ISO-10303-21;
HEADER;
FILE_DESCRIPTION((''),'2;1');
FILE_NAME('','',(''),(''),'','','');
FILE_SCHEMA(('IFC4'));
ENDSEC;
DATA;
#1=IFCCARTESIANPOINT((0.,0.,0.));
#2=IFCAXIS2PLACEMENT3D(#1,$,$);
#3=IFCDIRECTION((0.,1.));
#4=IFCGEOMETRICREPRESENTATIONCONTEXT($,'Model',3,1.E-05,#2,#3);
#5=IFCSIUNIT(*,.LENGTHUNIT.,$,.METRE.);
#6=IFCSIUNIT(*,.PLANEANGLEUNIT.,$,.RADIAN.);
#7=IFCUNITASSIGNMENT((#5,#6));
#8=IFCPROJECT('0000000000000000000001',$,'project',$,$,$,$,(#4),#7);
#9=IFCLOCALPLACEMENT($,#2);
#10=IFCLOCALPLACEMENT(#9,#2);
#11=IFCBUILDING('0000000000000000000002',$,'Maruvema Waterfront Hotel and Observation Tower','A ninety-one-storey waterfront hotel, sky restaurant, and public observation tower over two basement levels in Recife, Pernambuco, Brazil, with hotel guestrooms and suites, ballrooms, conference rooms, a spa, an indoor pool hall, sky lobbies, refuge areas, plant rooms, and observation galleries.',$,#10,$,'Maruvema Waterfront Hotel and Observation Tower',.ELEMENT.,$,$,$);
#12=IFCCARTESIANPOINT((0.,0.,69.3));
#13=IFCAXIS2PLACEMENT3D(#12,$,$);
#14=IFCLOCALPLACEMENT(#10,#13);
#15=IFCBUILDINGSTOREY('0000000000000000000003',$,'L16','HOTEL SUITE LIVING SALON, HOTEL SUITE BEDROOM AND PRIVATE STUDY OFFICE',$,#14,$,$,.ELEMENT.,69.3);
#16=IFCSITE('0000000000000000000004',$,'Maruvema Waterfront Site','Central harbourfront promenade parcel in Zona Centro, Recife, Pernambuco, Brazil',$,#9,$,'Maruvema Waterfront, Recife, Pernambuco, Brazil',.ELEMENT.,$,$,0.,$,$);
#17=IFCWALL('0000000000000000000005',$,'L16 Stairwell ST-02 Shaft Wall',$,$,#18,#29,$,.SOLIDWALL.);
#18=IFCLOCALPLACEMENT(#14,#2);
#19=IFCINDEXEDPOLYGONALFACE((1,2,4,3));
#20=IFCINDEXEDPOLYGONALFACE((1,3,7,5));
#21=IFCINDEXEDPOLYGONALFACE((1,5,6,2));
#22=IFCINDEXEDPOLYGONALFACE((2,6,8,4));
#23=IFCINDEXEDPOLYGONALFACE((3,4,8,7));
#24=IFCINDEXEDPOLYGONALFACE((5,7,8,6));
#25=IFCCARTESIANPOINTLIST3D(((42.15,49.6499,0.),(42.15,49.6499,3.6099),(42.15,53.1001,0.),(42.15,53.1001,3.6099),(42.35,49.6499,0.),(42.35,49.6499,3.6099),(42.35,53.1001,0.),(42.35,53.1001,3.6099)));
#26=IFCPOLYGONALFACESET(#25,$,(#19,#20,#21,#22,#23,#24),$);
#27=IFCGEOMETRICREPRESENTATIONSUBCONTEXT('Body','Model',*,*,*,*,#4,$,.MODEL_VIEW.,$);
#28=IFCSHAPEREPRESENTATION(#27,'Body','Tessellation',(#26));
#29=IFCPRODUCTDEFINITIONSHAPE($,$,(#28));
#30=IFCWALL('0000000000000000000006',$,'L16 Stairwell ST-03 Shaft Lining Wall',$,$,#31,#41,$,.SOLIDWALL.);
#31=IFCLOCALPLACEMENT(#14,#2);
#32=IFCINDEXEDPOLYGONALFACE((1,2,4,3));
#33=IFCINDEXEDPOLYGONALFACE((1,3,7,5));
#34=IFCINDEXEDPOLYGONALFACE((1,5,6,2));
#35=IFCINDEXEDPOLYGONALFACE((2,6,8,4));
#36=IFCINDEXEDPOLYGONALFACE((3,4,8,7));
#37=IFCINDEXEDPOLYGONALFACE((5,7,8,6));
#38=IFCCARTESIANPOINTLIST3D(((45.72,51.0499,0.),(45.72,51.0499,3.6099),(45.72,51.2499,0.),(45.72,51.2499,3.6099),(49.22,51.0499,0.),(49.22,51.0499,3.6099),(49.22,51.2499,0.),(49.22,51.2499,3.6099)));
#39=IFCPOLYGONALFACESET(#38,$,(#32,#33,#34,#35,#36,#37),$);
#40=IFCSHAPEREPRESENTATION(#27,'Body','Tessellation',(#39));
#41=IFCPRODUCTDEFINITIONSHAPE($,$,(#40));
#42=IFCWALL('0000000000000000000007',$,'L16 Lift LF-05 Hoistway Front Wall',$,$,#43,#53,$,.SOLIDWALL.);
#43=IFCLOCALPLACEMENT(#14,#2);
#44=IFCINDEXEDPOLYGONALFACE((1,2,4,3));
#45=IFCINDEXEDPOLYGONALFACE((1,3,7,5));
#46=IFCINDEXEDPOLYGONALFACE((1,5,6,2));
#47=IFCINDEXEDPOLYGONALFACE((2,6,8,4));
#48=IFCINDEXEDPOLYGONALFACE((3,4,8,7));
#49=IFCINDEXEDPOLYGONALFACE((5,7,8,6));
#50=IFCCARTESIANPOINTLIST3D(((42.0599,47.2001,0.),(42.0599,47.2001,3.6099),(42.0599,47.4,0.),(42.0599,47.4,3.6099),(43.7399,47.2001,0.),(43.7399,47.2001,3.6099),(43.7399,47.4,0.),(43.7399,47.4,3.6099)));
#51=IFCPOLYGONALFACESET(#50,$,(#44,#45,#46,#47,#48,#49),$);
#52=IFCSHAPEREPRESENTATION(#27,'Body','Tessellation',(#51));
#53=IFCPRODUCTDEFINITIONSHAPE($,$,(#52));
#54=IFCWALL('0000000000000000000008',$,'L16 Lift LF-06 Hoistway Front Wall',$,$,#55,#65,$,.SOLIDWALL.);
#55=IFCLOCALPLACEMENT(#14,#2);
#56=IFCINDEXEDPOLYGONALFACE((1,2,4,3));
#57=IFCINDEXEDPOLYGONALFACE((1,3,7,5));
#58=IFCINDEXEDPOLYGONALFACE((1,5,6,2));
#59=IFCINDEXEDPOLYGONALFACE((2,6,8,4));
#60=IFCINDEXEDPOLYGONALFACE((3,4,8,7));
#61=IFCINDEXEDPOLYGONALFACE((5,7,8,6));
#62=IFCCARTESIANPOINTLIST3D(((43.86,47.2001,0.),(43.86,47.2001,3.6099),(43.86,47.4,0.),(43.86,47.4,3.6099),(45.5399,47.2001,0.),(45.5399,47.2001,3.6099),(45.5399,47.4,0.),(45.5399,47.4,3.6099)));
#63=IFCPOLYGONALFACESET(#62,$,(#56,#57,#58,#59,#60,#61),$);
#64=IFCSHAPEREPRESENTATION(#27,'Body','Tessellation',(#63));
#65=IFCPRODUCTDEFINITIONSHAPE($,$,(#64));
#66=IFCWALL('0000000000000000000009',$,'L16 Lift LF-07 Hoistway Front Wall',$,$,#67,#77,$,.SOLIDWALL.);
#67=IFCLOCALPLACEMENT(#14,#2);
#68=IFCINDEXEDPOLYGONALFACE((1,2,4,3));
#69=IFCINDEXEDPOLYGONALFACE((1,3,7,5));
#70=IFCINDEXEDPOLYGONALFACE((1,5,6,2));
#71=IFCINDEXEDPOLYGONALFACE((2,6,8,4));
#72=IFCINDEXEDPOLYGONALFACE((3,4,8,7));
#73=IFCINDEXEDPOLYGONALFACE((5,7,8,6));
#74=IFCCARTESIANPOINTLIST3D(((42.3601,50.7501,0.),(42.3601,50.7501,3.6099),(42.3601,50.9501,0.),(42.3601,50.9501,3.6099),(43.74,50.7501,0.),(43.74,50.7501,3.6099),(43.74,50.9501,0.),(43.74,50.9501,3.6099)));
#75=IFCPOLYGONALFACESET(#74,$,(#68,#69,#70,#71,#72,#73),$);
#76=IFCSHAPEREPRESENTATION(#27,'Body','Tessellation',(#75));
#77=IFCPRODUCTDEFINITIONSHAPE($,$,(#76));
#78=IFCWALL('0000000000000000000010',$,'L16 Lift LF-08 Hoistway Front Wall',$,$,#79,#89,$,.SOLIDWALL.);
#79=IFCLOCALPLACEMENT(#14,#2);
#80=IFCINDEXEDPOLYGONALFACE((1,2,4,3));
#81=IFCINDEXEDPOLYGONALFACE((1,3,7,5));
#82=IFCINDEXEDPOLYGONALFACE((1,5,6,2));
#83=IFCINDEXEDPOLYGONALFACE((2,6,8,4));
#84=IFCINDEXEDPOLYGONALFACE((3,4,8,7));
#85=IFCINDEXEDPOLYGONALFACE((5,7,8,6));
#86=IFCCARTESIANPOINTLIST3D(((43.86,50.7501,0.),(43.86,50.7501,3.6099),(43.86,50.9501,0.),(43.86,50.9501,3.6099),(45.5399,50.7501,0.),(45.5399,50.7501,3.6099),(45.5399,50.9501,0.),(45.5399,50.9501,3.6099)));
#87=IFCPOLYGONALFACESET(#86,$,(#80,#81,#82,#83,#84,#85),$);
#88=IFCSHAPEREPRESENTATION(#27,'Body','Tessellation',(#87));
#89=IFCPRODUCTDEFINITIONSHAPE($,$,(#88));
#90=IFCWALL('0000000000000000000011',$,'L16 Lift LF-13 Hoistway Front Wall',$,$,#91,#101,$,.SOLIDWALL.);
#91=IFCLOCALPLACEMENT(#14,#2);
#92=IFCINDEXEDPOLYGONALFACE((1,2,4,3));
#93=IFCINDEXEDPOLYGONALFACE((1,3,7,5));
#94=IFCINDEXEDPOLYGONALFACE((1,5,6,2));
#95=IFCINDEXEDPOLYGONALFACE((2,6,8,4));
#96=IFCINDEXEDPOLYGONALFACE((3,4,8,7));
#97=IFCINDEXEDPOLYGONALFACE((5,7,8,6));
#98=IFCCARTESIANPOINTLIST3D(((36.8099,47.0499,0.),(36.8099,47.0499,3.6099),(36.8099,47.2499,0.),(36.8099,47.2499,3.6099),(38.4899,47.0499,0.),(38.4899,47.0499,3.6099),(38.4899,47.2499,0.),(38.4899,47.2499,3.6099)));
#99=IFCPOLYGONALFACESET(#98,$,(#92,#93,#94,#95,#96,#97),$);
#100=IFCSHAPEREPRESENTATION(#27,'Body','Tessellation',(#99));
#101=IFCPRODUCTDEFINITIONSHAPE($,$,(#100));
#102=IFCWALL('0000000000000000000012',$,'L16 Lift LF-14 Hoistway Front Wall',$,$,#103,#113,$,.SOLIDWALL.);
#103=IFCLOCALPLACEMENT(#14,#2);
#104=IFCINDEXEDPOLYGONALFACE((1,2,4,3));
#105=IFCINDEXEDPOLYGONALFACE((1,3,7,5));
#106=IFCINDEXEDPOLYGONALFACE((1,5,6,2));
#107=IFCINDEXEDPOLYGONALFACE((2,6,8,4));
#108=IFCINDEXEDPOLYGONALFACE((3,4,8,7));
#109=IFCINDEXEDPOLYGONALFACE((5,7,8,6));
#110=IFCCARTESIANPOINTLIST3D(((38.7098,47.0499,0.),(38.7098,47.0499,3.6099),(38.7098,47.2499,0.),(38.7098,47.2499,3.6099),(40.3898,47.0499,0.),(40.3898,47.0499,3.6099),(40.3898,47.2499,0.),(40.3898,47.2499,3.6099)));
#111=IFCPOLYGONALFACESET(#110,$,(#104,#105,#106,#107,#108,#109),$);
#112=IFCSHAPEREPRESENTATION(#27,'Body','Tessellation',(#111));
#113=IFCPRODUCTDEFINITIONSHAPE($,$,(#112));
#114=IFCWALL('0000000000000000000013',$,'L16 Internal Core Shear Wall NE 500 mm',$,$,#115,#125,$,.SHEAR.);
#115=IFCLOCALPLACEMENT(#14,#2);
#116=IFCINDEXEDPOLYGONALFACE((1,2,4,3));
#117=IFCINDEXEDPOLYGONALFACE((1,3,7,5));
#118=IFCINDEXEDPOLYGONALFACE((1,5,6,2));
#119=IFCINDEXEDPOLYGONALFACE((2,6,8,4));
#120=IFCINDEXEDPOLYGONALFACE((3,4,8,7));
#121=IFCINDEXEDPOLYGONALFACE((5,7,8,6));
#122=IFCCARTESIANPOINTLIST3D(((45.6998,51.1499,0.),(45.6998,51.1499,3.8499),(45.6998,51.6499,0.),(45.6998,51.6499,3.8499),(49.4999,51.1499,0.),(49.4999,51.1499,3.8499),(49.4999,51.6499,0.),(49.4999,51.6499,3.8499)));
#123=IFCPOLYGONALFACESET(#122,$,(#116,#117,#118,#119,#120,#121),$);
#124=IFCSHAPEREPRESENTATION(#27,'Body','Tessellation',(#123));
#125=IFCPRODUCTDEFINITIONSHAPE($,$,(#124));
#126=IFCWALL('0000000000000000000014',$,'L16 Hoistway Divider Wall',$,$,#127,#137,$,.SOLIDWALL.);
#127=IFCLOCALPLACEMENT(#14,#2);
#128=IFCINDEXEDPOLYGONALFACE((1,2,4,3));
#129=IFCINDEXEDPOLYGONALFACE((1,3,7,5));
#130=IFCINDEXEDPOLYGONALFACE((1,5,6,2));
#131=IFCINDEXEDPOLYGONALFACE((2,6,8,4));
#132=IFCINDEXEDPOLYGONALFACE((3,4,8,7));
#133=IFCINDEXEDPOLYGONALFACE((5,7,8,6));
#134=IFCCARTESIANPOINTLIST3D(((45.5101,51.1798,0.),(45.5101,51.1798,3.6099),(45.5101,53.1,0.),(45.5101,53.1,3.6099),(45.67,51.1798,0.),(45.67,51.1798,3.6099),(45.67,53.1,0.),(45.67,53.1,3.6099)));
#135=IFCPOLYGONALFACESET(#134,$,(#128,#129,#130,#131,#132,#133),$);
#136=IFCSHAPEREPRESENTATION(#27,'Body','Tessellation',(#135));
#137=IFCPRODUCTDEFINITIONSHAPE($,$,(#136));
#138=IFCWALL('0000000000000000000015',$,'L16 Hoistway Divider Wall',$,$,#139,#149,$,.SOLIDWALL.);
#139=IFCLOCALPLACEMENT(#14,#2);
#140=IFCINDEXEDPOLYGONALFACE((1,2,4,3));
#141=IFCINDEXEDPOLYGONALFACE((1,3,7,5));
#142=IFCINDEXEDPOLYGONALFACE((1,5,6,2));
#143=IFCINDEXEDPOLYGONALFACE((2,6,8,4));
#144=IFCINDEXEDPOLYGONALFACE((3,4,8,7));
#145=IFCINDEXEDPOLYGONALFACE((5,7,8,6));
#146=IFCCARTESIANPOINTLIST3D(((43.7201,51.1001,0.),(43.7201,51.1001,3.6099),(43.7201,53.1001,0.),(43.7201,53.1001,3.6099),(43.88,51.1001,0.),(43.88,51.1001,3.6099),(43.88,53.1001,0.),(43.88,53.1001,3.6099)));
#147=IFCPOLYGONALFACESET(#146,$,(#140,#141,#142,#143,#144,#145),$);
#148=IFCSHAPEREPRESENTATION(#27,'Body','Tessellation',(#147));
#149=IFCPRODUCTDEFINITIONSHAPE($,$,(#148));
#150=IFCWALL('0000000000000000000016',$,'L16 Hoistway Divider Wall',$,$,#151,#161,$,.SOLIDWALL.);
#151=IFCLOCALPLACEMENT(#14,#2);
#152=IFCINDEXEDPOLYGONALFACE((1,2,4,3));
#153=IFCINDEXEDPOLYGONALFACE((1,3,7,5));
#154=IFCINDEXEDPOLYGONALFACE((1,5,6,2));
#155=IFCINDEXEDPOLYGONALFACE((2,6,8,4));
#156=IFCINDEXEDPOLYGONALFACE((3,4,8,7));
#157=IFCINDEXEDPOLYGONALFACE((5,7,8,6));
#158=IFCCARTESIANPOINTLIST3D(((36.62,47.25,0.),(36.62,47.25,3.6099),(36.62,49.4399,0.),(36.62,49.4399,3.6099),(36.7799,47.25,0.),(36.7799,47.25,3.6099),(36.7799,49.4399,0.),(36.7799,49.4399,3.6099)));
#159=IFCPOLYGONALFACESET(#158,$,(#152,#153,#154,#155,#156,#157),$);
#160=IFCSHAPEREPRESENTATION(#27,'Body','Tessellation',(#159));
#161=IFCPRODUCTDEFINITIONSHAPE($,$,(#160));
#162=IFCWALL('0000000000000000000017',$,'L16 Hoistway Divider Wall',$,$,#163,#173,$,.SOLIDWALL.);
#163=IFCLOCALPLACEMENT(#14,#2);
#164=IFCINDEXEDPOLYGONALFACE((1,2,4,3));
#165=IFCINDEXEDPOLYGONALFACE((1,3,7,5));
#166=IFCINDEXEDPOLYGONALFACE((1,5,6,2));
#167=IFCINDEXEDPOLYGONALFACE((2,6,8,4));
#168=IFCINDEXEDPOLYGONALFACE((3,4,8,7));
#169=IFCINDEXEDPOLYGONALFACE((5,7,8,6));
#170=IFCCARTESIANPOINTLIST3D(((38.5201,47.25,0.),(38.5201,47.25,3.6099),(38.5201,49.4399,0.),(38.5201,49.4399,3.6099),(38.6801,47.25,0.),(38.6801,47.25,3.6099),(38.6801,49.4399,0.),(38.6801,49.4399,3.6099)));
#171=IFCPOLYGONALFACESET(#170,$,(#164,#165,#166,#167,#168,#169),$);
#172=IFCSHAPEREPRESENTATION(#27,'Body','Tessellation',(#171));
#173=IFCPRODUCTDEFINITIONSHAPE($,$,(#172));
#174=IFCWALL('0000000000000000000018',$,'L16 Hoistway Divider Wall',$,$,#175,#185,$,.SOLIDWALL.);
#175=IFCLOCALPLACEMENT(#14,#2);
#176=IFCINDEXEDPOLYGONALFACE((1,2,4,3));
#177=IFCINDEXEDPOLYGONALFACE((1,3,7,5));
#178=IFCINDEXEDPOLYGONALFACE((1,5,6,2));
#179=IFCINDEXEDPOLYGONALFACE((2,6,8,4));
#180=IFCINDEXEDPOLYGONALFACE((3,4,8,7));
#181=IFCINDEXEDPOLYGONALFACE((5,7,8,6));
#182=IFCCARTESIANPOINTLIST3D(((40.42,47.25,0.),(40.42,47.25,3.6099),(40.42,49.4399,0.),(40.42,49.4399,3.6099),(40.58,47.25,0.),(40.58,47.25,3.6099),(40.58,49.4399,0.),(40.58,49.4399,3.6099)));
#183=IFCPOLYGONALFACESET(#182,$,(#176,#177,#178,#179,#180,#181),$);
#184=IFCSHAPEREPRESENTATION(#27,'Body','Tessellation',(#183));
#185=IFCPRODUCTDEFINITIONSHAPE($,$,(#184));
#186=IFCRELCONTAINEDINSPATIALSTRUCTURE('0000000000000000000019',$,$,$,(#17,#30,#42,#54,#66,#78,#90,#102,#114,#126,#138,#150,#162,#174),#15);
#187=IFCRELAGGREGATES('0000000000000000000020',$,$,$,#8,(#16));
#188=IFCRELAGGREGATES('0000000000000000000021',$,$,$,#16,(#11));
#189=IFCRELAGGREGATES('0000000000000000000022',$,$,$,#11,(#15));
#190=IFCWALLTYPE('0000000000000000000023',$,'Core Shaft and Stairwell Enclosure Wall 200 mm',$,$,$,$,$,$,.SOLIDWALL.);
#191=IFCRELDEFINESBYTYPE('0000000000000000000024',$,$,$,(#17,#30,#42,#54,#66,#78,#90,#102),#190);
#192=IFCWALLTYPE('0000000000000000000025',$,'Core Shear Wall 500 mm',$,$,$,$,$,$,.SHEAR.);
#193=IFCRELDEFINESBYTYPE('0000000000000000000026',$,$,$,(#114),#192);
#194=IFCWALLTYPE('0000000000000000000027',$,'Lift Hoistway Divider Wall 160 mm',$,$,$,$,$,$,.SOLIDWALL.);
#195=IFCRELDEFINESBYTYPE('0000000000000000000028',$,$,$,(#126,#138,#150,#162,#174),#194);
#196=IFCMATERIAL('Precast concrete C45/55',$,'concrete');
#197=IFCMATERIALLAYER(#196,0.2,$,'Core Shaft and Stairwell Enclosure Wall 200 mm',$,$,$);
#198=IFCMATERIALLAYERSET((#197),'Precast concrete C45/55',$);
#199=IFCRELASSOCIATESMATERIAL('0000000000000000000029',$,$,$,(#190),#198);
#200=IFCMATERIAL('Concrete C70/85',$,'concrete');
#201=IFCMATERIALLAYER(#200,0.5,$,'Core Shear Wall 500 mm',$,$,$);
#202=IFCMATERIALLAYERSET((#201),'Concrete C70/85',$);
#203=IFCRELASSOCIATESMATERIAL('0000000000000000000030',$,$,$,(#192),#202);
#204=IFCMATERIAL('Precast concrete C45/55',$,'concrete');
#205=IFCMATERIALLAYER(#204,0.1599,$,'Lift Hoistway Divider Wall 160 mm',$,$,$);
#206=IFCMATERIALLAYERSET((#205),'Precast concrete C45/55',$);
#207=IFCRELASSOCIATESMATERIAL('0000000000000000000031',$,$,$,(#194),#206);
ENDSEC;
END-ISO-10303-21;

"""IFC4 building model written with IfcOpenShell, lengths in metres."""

from ifc_helpers import new_model, si_unit, direction, frame, frame_2d, origin, place, context, subcontext, project, spatial, rectangle, extrude, material, layer, layer_set, type_object, element, save


model = new_model("IFC4")

# Units and contexts
model_context = context("Model", 3, precision=1e-05, world=origin(), true_north=direction((0.0, 1.0)))
body_context = subcontext(model_context, "Body", "Model", "MODEL_VIEW")
ifc_project = project(units=[si_unit("LENGTHUNIT", "METRE"), si_unit("PLANEANGLEUNIT", "RADIAN")], contexts=[model_context])

# Site, building, storey
site_placement = place(None, origin())
site = spatial("IfcSite", under=ifc_project, at=site_placement, Name="Maruvema Waterfront Site", Description="Central harbourfront promenade parcel in Zona Centro, Recife, Pernambuco, Brazil", LongName="Maruvema Waterfront, Recife, Pernambuco, Brazil", CompositionType="ELEMENT", RefElevation=0.0)
building_placement = place(site_placement, origin())
building = spatial("IfcBuilding", under=site, at=building_placement, Name="Maruvema Waterfront Hotel and Observation Tower", Description="A ninety-one-storey waterfront hotel, sky restaurant, and public observation tower over two basement levels in Recife, Pernambuco, Brazil, with hotel guestrooms and suites, ballrooms, conference rooms, a spa, an indoor pool hall, sky lobbies, refuge areas, plant rooms, and observation galleries.", LongName="Maruvema Waterfront Hotel and Observation Tower", CompositionType="ELEMENT")
storey_placement = place(building_placement, frame((0.0, 0.0, 69.3)))
storey = spatial("IfcBuildingStorey", under=building, at=storey_placement, Name="L16", Description="HOTEL SUITE LIVING SALON, HOTEL SUITE BEDROOM AND PRIVATE STUDY OFFICE", CompositionType="ELEMENT", Elevation=69.3)

# Walls
ifc_material_1 = material(Name="Precast concrete C45/55", Category="concrete")
ifc_layer_1 = layer(ifc_material_1, 0.2, Name="Core Shaft and Stairwell Enclosure Wall 200 mm")
ifc_layer_set_1 = layer_set([ifc_layer_1], Name="Precast concrete C45/55")
wall_type_1 = type_object("IfcWallType", Name="Core Shaft and Stairwell Enclosure Wall 200 mm", PredefinedType="SOLIDWALL", material=ifc_layer_set_1)
wall_1_placement = place(storey_placement, frame((42.25, 49.6499, 0.0), z_axis=(0.0, 0.0, 1.0), x_axis=(0.0, 1.0, 0.0)))
element("IfcWall", 1, at=wall_1_placement, inside=storey, type_object=wall_type_1, Name="L16 Stairwell ST-02 Shaft Wall", PredefinedType="SOLIDWALL", context=body_context, shape_type="SweptSolid", body=[
    extrude(rectangle(XDim=3.4502, YDim=0.2, at=frame_2d((1.7251, 0.0))), origin(), (0.0, 0.0, 1.0), 3.6099),
])
wall_2_placement = place(storey_placement, frame((45.72, 51.1499, 0.0), z_axis=(0.0, 0.0, 1.0), x_axis=(1.0, 0.0, 0.0)))
element("IfcWall", 2, at=wall_2_placement, inside=storey, type_object=wall_type_1, Name="L16 Stairwell ST-03 Shaft Lining Wall", PredefinedType="SOLIDWALL", context=body_context, shape_type="SweptSolid", body=[
    extrude(rectangle(XDim=3.5, YDim=0.2, at=frame_2d((1.75, 0.0))), origin(), (0.0, 0.0, 1.0), 3.6099),
])
for number, where, z_axis, x_axis, name in (
    (3, (42.0601, 47.3, 0.0), (0.0, 0.0, 1.0), (1.0, 0.0, 0.0), "L16 Lift LF-05 Hoistway Front Wall"),
    (4, (43.8601, 47.3, 0.0), (0.0, 0.0, 1.0), (1.0, 0.0, 0.0), "L16 Lift LF-06 Hoistway Front Wall"),
):
    element("IfcWall", number, at=place(storey_placement, frame(where, z_axis=z_axis, x_axis=x_axis)), inside=storey, type_object=wall_type_1, Name=name, PredefinedType="SOLIDWALL", context=body_context, shape_type="SweptSolid", body=[
        extrude(rectangle(XDim=1.6799, YDim=0.2, at=frame_2d((0.8398, 0.0))), origin(), (0.0, 0.0, 1.0), 3.6099),
    ])
wall_3_placement = place(storey_placement, frame((42.3601, 50.8501, 0.0), z_axis=(0.0, 0.0, 1.0), x_axis=(1.0, 0.0, 0.0)))
element("IfcWall", 5, at=wall_3_placement, inside=storey, type_object=wall_type_1, Name="L16 Lift LF-07 Hoistway Front Wall", PredefinedType="SOLIDWALL", context=body_context, shape_type="SweptSolid", body=[
    extrude(rectangle(XDim=1.3799, YDim=0.2, at=frame_2d((0.6899, 0.0))), origin(), (0.0, 0.0, 1.0), 3.6099),
])
for number, where, z_axis, x_axis, name in (
    (6, (43.8601, 50.8501, 0.0), (0.0, 0.0, 1.0), (1.0, 0.0, 0.0), "L16 Lift LF-08 Hoistway Front Wall"),
    (7, (36.8101, 47.1499, 0.0), (0.0, 0.0, 1.0), (1.0, 0.0, 0.0), "L16 Lift LF-13 Hoistway Front Wall"),
    (8, (38.71, 47.1499, 0.0), (0.0, 0.0, 1.0), (1.0, 0.0, 0.0), "L16 Lift LF-14 Hoistway Front Wall"),
):
    element("IfcWall", number, at=place(storey_placement, frame(where, z_axis=z_axis, x_axis=x_axis)), inside=storey, type_object=wall_type_1, Name=name, PredefinedType="SOLIDWALL", context=body_context, shape_type="SweptSolid", body=[
        extrude(rectangle(XDim=1.6799, YDim=0.2, at=frame_2d((0.8398, 0.0))), origin(), (0.0, 0.0, 1.0), 3.6099),
    ])
ifc_material_2 = material(Name="Concrete C70/85", Category="concrete")
ifc_layer_2 = layer(ifc_material_2, 0.5, Name="Core Shear Wall 500 mm")
ifc_layer_set_2 = layer_set([ifc_layer_2], Name="Concrete C70/85")
wall_type_2 = type_object("IfcWallType", Name="Core Shear Wall 500 mm", PredefinedType="SHEAR", material=ifc_layer_set_2)
wall_4_placement = place(storey_placement, frame((45.7, 51.3999, 0.0), z_axis=(0.0, 0.0, 1.0), x_axis=(1.0, 0.0, 0.0)))
element("IfcWall", 9, at=wall_4_placement, inside=storey, type_object=wall_type_2, Name="L16 Internal Core Shear Wall NE 500 mm", PredefinedType="SHEAR", context=body_context, shape_type="SweptSolid", body=[
    extrude(rectangle(XDim=3.8, YDim=0.5, at=frame_2d((1.8999, 0.0))), origin(), (0.0, 0.0, 1.0), 3.8499),
])
ifc_material_3 = material(Name="Precast concrete C45/55", Category="concrete")
ifc_layer_3 = layer(ifc_material_3, 0.1599, Name="Lift Hoistway Divider Wall 160 mm")
ifc_layer_set_3 = layer_set([ifc_layer_3], Name="Precast concrete C45/55")
wall_type_3 = type_object("IfcWallType", Name="Lift Hoistway Divider Wall 160 mm", PredefinedType="SOLIDWALL", material=ifc_layer_set_3)
wall_5_placement = place(storey_placement, frame((45.5901, 51.1799, 0.0), z_axis=(0.0, 0.0, 1.0), x_axis=(0.0, 1.0, 0.0)))
element("IfcWall", 10, at=wall_5_placement, inside=storey, type_object=wall_type_3, Name="L16 Hoistway Divider Wall", PredefinedType="SOLIDWALL", context=body_context, shape_type="SweptSolid", body=[
    extrude(rectangle(XDim=1.9202, YDim=0.1599, at=frame_2d((0.96, 0.0))), origin(), (0.0, 0.0, 1.0), 3.6099),
])
wall_6_placement = place(storey_placement, frame((43.8, 51.1001, 0.0), z_axis=(0.0, 0.0, 1.0), x_axis=(0.0, 1.0, 0.0)))
element("IfcWall", 11, at=wall_6_placement, inside=storey, type_object=wall_type_3, Name="L16 Hoistway Divider Wall", PredefinedType="SOLIDWALL", context=body_context, shape_type="SweptSolid", body=[
    extrude(rectangle(XDim=2.0, YDim=0.1599, at=frame_2d((1.0, 0.0))), origin(), (0.0, 0.0, 1.0), 3.6099),
])
for number, where, z_axis, x_axis, name in (
    (12, (36.7, 47.25, 0.0), (0.0, 0.0, 1.0), (0.0, 1.0, 0.0), "L16 Hoistway Divider Wall"),
    (13, (38.6001, 47.25, 0.0), (0.0, 0.0, 1.0), (0.0, 1.0, 0.0), "L16 Hoistway Divider Wall"),
    (14, (40.5, 47.25, 0.0), (0.0, 0.0, 1.0), (0.0, 1.0, 0.0), "L16 Hoistway Divider Wall"),
):
    element("IfcWall", number, at=place(storey_placement, frame(where, z_axis=z_axis, x_axis=x_axis)), inside=storey, type_object=wall_type_3, Name=name, PredefinedType="SOLIDWALL", context=body_context, shape_type="SweptSolid", body=[
        extrude(rectangle(XDim=2.1899, YDim=0.1599, at=frame_2d((1.095, 0.0))), origin(), (0.0, 0.0, 1.0), 3.6099),
    ])

save(model, "model.ifc")
